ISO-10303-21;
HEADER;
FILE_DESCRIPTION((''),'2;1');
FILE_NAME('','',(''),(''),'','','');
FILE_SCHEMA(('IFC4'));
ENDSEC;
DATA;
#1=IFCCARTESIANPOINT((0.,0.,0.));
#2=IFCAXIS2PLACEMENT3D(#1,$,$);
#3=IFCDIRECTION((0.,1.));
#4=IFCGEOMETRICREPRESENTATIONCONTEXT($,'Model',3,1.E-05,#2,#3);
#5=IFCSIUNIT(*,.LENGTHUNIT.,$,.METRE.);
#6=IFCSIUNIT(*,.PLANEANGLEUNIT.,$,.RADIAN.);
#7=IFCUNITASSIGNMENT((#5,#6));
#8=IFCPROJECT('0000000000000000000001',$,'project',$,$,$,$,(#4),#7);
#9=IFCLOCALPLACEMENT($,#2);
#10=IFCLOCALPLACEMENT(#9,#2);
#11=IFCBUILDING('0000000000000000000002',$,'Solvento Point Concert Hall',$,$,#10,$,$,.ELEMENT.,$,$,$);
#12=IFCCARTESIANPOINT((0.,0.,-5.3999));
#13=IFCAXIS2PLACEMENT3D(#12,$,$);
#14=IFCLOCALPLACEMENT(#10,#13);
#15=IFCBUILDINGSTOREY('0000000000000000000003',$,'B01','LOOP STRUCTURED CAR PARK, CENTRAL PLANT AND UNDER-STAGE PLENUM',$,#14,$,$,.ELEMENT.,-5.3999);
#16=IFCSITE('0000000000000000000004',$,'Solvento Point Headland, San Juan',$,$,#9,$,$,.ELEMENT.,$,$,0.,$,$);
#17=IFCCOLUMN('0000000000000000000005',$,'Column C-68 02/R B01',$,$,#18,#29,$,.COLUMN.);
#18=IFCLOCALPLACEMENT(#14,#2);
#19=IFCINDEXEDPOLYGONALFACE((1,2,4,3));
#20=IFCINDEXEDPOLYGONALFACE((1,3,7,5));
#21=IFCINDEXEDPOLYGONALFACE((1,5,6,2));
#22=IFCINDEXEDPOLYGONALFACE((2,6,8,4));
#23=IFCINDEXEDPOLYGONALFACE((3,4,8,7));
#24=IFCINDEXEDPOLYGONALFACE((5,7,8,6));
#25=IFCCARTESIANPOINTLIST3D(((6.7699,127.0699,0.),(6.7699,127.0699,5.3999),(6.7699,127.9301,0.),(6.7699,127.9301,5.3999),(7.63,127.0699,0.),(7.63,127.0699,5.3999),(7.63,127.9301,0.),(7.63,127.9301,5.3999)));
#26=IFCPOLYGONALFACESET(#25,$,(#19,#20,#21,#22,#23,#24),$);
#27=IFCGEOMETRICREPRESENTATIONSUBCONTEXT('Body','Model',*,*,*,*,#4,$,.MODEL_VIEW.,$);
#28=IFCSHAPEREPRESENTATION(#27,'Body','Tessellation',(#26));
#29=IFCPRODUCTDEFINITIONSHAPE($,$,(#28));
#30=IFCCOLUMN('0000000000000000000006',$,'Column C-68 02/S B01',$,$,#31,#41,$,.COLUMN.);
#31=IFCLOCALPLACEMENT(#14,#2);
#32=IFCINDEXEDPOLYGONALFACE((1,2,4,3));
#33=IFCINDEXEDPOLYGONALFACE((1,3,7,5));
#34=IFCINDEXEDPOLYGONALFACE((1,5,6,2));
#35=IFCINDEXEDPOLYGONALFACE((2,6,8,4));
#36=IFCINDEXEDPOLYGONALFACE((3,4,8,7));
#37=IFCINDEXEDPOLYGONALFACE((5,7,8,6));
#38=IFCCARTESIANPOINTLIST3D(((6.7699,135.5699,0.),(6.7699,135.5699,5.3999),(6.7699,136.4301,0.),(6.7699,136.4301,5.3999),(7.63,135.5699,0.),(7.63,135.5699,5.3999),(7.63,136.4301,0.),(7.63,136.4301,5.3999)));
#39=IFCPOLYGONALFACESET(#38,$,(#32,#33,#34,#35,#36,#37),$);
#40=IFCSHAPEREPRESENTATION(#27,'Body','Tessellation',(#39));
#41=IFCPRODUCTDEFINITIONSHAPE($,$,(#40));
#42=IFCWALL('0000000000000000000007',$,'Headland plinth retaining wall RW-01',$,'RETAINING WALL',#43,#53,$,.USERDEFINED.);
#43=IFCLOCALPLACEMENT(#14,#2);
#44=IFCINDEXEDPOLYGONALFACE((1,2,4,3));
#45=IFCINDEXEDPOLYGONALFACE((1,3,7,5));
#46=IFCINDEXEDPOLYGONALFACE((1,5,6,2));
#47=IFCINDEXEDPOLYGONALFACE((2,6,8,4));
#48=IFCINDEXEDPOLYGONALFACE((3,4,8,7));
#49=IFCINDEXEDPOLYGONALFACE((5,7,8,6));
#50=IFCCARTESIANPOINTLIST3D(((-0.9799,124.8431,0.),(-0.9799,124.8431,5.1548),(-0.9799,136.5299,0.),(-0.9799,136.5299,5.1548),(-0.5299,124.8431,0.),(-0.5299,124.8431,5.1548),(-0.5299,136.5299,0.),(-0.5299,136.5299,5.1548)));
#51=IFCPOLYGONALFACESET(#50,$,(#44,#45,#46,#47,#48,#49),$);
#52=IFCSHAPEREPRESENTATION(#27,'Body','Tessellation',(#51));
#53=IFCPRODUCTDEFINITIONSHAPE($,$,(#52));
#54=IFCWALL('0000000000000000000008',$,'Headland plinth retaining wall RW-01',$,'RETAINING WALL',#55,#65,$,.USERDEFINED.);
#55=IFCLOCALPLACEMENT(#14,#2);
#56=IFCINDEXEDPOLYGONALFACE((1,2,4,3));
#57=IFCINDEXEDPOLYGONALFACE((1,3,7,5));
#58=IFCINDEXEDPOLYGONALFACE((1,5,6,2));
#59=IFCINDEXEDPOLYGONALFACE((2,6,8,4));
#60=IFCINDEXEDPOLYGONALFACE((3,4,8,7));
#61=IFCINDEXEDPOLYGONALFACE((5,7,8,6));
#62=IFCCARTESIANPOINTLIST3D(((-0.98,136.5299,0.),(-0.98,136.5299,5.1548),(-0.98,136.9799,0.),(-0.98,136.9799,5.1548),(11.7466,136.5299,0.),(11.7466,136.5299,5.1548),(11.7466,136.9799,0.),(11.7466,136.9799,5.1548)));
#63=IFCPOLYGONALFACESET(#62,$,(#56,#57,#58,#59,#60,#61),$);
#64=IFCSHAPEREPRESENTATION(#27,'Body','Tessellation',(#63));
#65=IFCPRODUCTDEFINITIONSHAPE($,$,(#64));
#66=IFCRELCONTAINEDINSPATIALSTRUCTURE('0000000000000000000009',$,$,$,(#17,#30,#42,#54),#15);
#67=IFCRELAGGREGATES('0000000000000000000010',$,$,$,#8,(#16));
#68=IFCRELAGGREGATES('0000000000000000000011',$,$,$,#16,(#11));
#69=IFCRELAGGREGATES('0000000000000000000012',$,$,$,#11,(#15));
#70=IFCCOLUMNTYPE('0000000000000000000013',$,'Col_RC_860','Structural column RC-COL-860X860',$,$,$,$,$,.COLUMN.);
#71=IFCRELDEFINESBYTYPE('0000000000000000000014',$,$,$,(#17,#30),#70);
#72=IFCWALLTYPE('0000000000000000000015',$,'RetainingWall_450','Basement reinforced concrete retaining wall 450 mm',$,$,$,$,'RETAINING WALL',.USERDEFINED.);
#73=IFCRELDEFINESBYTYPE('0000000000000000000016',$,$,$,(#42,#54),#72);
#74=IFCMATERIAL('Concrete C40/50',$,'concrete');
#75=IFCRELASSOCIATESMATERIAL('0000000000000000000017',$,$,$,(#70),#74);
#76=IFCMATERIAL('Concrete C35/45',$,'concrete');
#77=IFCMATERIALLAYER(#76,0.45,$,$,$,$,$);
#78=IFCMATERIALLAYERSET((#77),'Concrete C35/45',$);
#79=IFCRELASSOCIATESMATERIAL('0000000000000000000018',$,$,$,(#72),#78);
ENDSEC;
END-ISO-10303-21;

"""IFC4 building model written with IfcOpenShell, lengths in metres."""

from ifc_helpers import new_model, si_unit, direction, frame, frame_2d, origin, origin_2d, place, context, subcontext, project, spatial, rectangle, extrude, material, layer, layer_set, material_profile, profile_set, type_object, element, save


model = new_model("IFC4")

# Units and contexts
model_context = context("Model", 3, precision=1e-05, world=origin(), true_north=direction((0.0, 1.0)))
body_context = subcontext(model_context, "Body", "Model", "MODEL_VIEW")
ifc_project = project(units=[si_unit("LENGTHUNIT", "METRE"), si_unit("PLANEANGLEUNIT", "RADIAN")], contexts=[model_context])

# Site, building, storey
site_placement = place(None, origin())
site = spatial("IfcSite", under=ifc_project, at=site_placement, Name="Solvento Point Headland, San Juan", CompositionType="ELEMENT", RefElevation=0.0)
building_placement = place(site_placement, origin())
building = spatial("IfcBuilding", under=site, at=building_placement, Name="Solvento Point Concert Hall", CompositionType="ELEMENT")
storey_placement = place(building_placement, frame((0.0, 0.0, -5.3999)))
storey = spatial("IfcBuildingStorey", under=building, at=storey_placement, Name="B01", Description="LOOP STRUCTURED CAR PARK, CENTRAL PLANT AND UNDER-STAGE PLENUM", CompositionType="ELEMENT", Elevation=-5.3999)

# Columns
ifc_material_1 = material(Name="Concrete C40/50", Category="concrete")
ifc_material_profile_1 = material_profile(ifc_material_1, rectangle(XDim=0.8601, YDim=0.8601, at=origin_2d()), Name="RC-COL-860X860")
ifc_profile_set_1 = profile_set([ifc_material_profile_1], Name="Concrete C40/50")
column_type = type_object("IfcColumnType", Name="Col_RC_860", Description="Structural column RC-COL-860X860", PredefinedType="COLUMN", material=ifc_profile_set_1)
for number, where, z_axis, x_axis, name in (
    (1, (7.2, 127.5, 0.0), (0.0, 0.0, 1.0), (1.0, 0.0, 0.0), "Column C-68 02/R B01"),
    (2, (7.2, 136.0, 0.0), (0.0, 0.0, 1.0), (1.0, 0.0, 0.0), "Column C-68 02/S B01"),
):
    element("IfcColumn", number, at=place(storey_placement, frame(where, z_axis=z_axis, x_axis=x_axis)), inside=storey, type_object=column_type, Name=name, PredefinedType="COLUMN", context=body_context, shape_type="SweptSolid", body=[
        extrude(rectangle(XDim=0.8601, YDim=0.8601, at=origin_2d()), origin(), (0.0, 0.0, 1.0), 5.3999),
    ])

# Walls
ifc_material_2 = material(Name="Concrete C35/45", Category="concrete")
ifc_layer = layer(ifc_material_2, 0.45)
ifc_layer_set = layer_set([ifc_layer], Name="Concrete C35/45")
wall_type = type_object("IfcWallType", Name="RetainingWall_450", Description="Basement reinforced concrete retaining wall 450 mm", ElementType="RETAINING WALL", PredefinedType="USERDEFINED", material=ifc_layer_set)
wall_1_placement = place(storey_placement, frame((-0.7549, 124.8433, 0.0), z_axis=(0.0, 0.0, 1.0), x_axis=(0.0, 1.0, 0.0)))
element("IfcWall", 3, at=wall_1_placement, inside=storey, type_object=wall_type, Name="Headland plinth retaining wall RW-01", ObjectType="RETAINING WALL", PredefinedType="USERDEFINED", context=body_context, shape_type="SweptSolid", body=[
    extrude(rectangle(XDim=11.6868, YDim=0.45, at=frame_2d((5.8433, 0.0))), origin(), (0.0, 0.0, 1.0), 5.1548),
])
wall_2_placement = place(storey_placement, frame((-0.98, 136.7549, 0.0), z_axis=(0.0, 0.0, 1.0), x_axis=(1.0, 0.0, 0.0)))
element("IfcWall", 4, at=wall_2_placement, inside=storey, type_object=wall_type, Name="Headland plinth retaining wall RW-01", ObjectType="RETAINING WALL", PredefinedType="USERDEFINED", context=body_context, shape_type="SweptSolid", body=[
    extrude(rectangle(XDim=12.7266, YDim=0.45, at=frame_2d((6.3633, 0.0))), origin(), (0.0, 0.0, 1.0), 5.1548),
])

save(model, "model.ifc")
